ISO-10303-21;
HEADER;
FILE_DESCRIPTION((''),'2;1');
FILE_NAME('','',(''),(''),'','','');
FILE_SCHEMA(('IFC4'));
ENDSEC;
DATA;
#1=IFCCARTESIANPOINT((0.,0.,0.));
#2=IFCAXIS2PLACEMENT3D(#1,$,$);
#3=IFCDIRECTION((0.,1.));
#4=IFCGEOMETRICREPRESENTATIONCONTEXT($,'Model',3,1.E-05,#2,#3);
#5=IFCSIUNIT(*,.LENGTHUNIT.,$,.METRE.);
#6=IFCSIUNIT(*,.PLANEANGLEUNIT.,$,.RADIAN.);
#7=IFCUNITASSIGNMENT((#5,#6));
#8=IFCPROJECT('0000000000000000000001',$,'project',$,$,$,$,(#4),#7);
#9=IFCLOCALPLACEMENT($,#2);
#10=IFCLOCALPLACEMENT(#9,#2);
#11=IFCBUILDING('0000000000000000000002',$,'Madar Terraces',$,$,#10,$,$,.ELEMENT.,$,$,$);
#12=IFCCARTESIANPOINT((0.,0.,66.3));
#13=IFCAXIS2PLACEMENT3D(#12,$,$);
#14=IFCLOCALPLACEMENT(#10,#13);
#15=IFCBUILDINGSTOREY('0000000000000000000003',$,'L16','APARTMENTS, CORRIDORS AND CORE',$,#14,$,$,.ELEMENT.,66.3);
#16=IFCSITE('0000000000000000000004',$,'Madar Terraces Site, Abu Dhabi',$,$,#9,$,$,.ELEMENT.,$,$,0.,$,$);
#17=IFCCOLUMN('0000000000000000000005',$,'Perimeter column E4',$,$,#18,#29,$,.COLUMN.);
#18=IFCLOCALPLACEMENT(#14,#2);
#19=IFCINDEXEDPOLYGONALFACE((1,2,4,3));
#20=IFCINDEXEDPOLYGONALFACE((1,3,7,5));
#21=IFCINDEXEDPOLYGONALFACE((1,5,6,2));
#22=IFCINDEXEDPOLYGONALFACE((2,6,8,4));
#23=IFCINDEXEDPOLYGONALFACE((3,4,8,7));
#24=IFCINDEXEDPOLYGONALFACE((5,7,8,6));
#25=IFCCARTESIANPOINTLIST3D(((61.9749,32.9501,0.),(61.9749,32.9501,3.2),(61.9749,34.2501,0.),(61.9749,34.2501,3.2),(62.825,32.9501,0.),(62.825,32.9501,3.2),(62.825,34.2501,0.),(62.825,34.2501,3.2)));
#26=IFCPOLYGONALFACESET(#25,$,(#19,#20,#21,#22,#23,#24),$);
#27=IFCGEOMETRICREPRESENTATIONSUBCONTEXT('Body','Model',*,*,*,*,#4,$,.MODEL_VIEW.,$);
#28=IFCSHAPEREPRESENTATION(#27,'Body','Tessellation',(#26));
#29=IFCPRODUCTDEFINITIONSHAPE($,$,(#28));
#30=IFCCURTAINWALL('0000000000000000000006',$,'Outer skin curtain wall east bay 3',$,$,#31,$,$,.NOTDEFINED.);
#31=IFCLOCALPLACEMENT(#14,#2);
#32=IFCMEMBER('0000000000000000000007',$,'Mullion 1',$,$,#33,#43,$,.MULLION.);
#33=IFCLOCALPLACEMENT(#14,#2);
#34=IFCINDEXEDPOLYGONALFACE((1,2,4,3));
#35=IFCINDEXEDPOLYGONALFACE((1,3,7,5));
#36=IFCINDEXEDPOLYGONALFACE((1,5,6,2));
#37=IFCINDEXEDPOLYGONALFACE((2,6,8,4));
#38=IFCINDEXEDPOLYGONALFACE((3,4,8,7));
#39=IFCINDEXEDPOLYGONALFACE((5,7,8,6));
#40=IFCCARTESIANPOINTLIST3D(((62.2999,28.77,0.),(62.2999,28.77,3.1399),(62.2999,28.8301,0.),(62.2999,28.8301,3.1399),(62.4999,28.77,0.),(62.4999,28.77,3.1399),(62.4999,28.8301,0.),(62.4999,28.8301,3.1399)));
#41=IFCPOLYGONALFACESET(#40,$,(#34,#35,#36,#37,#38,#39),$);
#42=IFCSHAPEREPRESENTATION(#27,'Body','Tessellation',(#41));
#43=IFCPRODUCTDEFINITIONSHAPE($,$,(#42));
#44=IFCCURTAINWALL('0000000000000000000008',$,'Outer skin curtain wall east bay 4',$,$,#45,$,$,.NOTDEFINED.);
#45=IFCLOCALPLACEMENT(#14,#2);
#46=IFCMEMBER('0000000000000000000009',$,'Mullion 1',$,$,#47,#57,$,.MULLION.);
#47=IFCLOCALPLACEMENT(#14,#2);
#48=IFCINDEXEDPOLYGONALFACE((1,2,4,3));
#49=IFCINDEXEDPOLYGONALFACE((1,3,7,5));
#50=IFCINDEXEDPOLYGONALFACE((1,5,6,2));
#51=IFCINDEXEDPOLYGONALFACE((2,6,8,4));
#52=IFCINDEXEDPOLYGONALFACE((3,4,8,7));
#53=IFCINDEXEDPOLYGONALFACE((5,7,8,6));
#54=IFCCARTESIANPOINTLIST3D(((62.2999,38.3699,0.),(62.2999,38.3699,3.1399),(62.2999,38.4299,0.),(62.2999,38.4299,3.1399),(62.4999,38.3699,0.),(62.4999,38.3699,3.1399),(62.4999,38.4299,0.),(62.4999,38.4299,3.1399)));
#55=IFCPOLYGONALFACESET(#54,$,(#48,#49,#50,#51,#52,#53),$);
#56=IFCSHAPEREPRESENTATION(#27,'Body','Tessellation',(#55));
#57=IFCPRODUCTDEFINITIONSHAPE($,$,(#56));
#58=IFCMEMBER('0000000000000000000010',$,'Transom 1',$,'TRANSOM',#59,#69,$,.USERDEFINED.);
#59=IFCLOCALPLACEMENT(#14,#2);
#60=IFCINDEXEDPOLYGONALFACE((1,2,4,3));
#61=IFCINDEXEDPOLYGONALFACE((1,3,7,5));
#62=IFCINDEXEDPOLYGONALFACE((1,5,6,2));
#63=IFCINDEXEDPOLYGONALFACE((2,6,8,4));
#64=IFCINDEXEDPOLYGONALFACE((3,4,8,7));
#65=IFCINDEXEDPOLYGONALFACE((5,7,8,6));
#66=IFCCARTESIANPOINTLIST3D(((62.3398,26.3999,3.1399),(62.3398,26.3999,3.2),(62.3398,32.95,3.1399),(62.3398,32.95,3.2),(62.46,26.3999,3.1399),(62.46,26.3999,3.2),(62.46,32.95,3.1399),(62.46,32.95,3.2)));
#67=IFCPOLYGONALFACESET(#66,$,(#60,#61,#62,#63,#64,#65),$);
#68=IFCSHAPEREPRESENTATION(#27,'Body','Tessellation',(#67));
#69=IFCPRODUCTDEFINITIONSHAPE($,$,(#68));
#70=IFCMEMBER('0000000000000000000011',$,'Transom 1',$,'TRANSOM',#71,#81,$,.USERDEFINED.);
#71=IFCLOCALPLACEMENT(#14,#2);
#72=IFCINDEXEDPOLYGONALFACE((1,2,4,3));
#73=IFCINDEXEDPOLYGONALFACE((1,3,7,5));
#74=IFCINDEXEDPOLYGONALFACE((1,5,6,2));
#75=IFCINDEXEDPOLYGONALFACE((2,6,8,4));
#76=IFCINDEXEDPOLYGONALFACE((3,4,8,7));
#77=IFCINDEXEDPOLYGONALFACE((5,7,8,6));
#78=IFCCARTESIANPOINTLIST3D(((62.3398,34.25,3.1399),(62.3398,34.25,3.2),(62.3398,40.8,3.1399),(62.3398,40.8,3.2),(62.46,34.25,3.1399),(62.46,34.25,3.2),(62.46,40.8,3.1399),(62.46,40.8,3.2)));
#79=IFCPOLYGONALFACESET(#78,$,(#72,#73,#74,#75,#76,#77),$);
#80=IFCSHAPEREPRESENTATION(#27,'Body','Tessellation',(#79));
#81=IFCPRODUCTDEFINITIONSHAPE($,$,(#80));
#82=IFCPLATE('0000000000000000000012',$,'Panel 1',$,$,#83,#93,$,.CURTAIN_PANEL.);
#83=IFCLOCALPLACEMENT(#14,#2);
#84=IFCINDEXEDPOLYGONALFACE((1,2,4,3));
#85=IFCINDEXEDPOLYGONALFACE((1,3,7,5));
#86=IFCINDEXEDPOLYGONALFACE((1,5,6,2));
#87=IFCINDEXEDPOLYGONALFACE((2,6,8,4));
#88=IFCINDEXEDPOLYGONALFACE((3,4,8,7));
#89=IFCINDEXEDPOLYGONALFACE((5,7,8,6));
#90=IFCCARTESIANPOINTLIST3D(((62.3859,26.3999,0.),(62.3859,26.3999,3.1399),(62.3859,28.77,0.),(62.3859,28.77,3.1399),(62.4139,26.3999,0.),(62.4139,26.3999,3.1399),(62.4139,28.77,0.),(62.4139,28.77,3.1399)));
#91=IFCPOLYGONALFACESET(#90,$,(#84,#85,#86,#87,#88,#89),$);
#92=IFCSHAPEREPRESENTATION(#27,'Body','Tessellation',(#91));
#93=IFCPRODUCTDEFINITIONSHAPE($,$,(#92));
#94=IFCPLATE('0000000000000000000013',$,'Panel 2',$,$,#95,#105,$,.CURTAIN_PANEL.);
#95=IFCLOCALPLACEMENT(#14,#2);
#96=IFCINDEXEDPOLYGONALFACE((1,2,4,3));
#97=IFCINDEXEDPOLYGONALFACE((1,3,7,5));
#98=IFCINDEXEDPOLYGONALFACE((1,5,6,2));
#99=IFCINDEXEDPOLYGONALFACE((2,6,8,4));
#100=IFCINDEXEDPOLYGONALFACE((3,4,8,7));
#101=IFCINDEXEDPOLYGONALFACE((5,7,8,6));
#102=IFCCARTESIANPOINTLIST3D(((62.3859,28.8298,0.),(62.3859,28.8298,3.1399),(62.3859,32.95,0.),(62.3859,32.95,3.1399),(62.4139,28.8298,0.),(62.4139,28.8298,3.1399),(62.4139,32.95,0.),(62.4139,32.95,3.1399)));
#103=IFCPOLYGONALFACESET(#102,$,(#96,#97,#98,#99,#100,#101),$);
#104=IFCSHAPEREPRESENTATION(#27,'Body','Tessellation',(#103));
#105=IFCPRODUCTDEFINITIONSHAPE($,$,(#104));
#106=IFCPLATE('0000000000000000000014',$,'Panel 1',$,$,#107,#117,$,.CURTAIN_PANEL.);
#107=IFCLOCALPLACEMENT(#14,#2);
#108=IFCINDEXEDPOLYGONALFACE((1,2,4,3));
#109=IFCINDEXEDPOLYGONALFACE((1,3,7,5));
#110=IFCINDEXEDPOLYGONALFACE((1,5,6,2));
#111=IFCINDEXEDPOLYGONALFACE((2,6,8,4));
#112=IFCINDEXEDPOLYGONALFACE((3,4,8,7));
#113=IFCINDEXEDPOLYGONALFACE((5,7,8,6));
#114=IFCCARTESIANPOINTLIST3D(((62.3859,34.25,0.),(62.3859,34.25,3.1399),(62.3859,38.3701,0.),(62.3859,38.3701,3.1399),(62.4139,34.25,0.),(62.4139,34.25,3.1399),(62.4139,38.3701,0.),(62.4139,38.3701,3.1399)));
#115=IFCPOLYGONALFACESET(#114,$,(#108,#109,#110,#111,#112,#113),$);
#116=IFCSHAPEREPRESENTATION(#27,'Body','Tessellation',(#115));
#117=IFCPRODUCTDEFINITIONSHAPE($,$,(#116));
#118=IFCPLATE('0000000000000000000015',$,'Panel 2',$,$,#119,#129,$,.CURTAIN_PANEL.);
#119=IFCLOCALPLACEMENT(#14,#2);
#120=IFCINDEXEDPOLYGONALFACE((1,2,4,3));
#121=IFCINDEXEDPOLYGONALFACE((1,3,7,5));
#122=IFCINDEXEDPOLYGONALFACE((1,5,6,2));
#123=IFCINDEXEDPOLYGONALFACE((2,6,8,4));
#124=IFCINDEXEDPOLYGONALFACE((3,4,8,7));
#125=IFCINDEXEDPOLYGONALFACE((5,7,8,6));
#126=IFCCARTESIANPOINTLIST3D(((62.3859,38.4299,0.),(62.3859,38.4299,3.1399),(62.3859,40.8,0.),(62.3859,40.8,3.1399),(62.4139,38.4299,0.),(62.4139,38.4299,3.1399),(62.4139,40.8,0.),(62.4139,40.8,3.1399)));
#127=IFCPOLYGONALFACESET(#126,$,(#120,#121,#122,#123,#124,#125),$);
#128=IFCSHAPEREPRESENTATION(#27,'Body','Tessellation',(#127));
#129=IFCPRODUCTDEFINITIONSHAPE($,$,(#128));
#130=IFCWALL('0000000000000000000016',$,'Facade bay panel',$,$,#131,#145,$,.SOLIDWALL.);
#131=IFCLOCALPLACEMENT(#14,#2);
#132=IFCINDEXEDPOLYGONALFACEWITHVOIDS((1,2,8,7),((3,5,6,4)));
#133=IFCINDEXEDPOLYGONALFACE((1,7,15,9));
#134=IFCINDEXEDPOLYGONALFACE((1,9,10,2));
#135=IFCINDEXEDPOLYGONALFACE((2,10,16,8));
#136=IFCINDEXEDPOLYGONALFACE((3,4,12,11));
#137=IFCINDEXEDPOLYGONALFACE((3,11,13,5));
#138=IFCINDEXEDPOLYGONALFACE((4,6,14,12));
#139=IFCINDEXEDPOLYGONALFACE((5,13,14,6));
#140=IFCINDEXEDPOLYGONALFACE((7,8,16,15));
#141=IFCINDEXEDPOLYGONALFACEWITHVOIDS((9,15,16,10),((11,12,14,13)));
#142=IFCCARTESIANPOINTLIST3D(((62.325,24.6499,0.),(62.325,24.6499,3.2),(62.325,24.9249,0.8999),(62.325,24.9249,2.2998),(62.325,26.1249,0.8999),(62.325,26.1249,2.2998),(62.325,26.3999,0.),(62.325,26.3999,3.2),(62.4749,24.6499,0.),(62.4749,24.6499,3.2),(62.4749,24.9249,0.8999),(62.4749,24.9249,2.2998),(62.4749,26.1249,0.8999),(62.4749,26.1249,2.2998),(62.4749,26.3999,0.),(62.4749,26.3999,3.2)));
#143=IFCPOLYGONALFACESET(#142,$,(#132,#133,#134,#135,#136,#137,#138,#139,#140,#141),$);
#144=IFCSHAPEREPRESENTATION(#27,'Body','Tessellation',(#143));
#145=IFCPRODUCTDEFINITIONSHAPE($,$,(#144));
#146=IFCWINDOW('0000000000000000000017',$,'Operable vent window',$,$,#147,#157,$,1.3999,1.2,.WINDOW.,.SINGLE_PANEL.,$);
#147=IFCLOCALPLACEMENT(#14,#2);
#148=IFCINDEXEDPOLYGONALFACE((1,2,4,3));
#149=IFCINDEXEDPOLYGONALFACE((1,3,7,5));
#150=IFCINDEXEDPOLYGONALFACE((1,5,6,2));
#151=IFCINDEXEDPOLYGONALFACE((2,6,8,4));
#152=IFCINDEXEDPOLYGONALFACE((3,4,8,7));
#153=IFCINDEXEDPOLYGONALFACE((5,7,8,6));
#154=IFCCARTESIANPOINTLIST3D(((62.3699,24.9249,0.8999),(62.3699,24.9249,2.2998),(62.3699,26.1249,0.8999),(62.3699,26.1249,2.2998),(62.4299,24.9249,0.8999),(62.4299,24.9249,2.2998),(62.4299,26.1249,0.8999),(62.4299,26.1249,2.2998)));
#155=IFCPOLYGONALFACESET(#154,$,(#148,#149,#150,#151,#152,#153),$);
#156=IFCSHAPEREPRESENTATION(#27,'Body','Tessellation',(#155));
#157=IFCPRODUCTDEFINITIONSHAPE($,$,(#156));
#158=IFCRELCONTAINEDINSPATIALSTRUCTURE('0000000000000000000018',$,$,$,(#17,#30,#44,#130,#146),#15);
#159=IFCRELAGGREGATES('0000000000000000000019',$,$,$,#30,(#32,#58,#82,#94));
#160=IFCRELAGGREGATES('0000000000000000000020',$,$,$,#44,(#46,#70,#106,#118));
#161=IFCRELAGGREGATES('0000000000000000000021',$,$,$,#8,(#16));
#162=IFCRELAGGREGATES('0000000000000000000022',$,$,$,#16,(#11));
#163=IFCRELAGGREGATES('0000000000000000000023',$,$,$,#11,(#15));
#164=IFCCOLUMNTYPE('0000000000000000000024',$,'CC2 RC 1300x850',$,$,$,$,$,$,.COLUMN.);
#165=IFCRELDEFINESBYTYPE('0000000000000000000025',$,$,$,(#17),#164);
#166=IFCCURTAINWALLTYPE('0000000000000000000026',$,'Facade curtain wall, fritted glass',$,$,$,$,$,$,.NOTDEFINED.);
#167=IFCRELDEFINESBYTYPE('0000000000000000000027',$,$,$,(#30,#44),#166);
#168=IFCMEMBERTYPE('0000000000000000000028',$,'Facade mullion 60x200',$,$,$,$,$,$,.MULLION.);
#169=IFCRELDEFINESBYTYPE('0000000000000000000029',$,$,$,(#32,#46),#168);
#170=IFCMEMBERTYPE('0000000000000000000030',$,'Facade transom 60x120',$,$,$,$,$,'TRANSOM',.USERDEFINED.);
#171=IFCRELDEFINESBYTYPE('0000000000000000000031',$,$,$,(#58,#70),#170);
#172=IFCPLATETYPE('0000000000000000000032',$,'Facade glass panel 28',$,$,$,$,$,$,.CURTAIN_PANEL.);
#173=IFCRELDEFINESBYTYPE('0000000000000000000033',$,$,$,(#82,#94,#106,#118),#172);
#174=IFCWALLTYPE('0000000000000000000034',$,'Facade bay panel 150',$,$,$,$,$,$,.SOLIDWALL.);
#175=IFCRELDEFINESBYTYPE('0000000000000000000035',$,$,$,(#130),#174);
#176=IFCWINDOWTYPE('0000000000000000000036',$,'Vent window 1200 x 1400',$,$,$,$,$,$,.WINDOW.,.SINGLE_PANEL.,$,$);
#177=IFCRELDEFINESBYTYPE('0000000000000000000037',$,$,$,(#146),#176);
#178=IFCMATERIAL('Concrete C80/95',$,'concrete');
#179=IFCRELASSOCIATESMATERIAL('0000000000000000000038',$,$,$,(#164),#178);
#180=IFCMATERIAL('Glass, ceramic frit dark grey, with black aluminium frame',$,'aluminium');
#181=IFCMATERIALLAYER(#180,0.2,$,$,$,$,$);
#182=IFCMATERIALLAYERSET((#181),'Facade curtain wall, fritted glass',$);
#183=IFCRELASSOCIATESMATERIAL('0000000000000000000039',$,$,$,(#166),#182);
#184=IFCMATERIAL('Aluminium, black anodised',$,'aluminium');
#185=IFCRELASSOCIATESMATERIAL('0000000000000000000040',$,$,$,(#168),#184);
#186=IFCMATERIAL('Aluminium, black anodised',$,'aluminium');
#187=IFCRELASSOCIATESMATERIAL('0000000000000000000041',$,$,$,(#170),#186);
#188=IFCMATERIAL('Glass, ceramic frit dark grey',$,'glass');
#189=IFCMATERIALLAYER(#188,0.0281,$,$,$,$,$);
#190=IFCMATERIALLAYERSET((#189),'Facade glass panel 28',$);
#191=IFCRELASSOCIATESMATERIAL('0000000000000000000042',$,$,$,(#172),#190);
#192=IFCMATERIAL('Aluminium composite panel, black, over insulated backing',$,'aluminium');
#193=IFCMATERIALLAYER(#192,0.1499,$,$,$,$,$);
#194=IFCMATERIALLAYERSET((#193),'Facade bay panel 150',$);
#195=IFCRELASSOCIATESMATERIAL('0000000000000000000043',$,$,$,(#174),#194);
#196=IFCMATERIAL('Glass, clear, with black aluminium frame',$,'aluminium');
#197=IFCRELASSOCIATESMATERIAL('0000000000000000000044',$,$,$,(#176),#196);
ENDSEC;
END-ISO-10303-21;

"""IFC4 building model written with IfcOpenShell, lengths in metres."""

from ifc_helpers import new_model, si_unit, direction, frame, frame_2d, origin, origin_2d, place, context, subcontext, project, spatial, rectangle, extrude, material, layer, layer_set, material_profile, profile_set, type_object, element, fill, aggregate, save


model = new_model("IFC4")

# Units and contexts
model_context = context("Model", 3, precision=1e-05, world=origin(), true_north=direction((0.0, 1.0)))
body_context = subcontext(model_context, "Body", "Model", "MODEL_VIEW")
ifc_project = project(units=[si_unit("LENGTHUNIT", "METRE"), si_unit("PLANEANGLEUNIT", "RADIAN")], contexts=[model_context])

# Site, building, storey
site_placement = place(None, origin())
site = spatial("IfcSite", under=ifc_project, at=site_placement, Name="Madar Terraces Site, Abu Dhabi", CompositionType="ELEMENT", RefElevation=0.0)
building_placement = place(site_placement, origin())
building = spatial("IfcBuilding", under=site, at=building_placement, Name="Madar Terraces", CompositionType="ELEMENT")
storey_placement = place(building_placement, frame((0.0, 0.0, 66.3)))
storey = spatial("IfcBuildingStorey", under=building, at=storey_placement, Name="L16", Description="APARTMENTS, CORRIDORS AND CORE", CompositionType="ELEMENT", Elevation=66.3)

# Column
ifc_material_1 = material(Name="Concrete C80/95", Category="concrete")
ifc_material_profile_1 = material_profile(ifc_material_1, rectangle(XDim=1.3, YDim=0.8501, at=origin_2d()), Name="CC2 RC 1300x850")
ifc_profile_set_1 = profile_set([ifc_material_profile_1], Name="Concrete C80/95")
column_type = type_object("IfcColumnType", Name="CC2 RC 1300x850", PredefinedType="COLUMN", material=ifc_profile_set_1)
column_placement = place(storey_placement, frame((62.3999, 33.6001, 0.0), z_axis=(0.0, 0.0, 1.0), x_axis=(0.0, 1.0, 0.0)))
element("IfcColumn", 1, at=column_placement, inside=storey, type_object=column_type, Name="Perimeter column E4", PredefinedType="COLUMN", context=body_context, shape_type="SweptSolid", body=[
    extrude(rectangle(XDim=1.3, YDim=0.8501, at=origin_2d()), origin(), (0.0, 0.0, 1.0), 3.2),
])

# Curtain walls, members
ifc_material_2 = material(Name="Glass, ceramic frit dark grey, with black aluminium frame", Category="aluminium")
ifc_layer_1 = layer(ifc_material_2, 0.2)
ifc_layer_set_1 = layer_set([ifc_layer_1], Name="Facade curtain wall, fritted glass")
curtain_wall_type = type_object("IfcCurtainWallType", Name="Facade curtain wall, fritted glass", PredefinedType="NOTDEFINED", material=ifc_layer_set_1)
curtain_wall_1_placement = place(storey_placement, origin())
curtain_wall_1 = element("IfcCurtainWall", 2, at=curtain_wall_1_placement, inside=storey, type_object=curtain_wall_type, Name="Outer skin curtain wall east bay 3", PredefinedType="NOTDEFINED")
ifc_material_3 = material(Name="Aluminium, black anodised", Category="aluminium")
ifc_material_profile_2 = material_profile(ifc_material_3, rectangle(XDim=0.2, YDim=0.0601, at=origin_2d()), Name="Facade mullion 60x200")
ifc_profile_set_2 = profile_set([ifc_material_profile_2], Name="Aluminium, black anodised")
member_type_1 = type_object("IfcMemberType", Name="Facade mullion 60x200", PredefinedType="MULLION", material=ifc_profile_set_2)
member_1_placement = place(storey_placement, frame((62.3999, 28.8, 0.0), z_axis=(0.0, 0.0, 1.0), x_axis=(-1.0, 0.0, 0.0)))
member_1 = element("IfcMember", 3, at=member_1_placement, type_object=member_type_1, Name="Mullion 1", PredefinedType="MULLION", context=body_context, shape_type="SweptSolid", body=[
    extrude(rectangle(XDim=0.2, YDim=0.0601, at=origin_2d()), origin(), (0.0, 0.0, 1.0), 3.1399),
])
curtain_wall_2_placement = place(storey_placement, origin())
curtain_wall_2 = element("IfcCurtainWall", 4, at=curtain_wall_2_placement, inside=storey, type_object=curtain_wall_type, Name="Outer skin curtain wall east bay 4", PredefinedType="NOTDEFINED")
member_2_placement = place(storey_placement, frame((62.3999, 38.3999, 0.0), z_axis=(0.0, 0.0, 1.0), x_axis=(-1.0, 0.0, 0.0)))
member_2 = element("IfcMember", 5, at=member_2_placement, type_object=member_type_1, Name="Mullion 1", PredefinedType="MULLION", context=body_context, shape_type="SweptSolid", body=[
    extrude(rectangle(XDim=0.2, YDim=0.0601, at=origin_2d()), origin(), (0.0, 0.0, 1.0), 3.1399),
])

# Members
ifc_material_4 = material(Name="Aluminium, black anodised", Category="aluminium")
ifc_material_profile_3 = material_profile(ifc_material_4, rectangle(XDim=0.1201, YDim=0.0601, at=origin_2d()), Name="Facade transom 60x120")
ifc_profile_set_3 = profile_set([ifc_material_profile_3], Name="Aluminium, black anodised")
member_type_2 = type_object("IfcMemberType", Name="Facade transom 60x120", ElementType="TRANSOM", PredefinedType="USERDEFINED", material=ifc_profile_set_3)
member_3_placement = place(storey_placement, frame((62.3999, 26.3999, 3.1699), z_axis=(0.0, 1.0, 0.0), x_axis=(-1.0, 0.0, 0.0)))
member_3 = element("IfcMember", 6, at=member_3_placement, type_object=member_type_2, Name="Transom 1", ObjectType="TRANSOM", PredefinedType="USERDEFINED", context=body_context, shape_type="SweptSolid", body=[
    extrude(rectangle(XDim=0.1201, YDim=0.0601, at=origin_2d()), origin(), (0.0, 0.0, 1.0), 6.55),
])
member_4_placement = place(storey_placement, frame((62.3999, 34.25, 3.1699), z_axis=(0.0, 1.0, 0.0), x_axis=(-1.0, 0.0, 0.0)))
member_4 = element("IfcMember", 7, at=member_4_placement, type_object=member_type_2, Name="Transom 1", ObjectType="TRANSOM", PredefinedType="USERDEFINED", context=body_context, shape_type="SweptSolid", body=[
    extrude(rectangle(XDim=0.1201, YDim=0.0601, at=origin_2d()), origin(), (0.0, 0.0, 1.0), 6.55),
])

# Plates
ifc_material_5 = material(Name="Glass, ceramic frit dark grey", Category="glass")
ifc_layer_2 = layer(ifc_material_5, 0.0281)
ifc_layer_set_2 = layer_set([ifc_layer_2], Name="Facade glass panel 28")
plate_type = type_object("IfcPlateType", Name="Facade glass panel 28", PredefinedType="CURTAIN_PANEL", material=ifc_layer_set_2)
plate_1_placement = place(storey_placement, frame((62.3999, 27.585, 0.0), z_axis=(0.0, 0.0, 1.0), x_axis=(0.0, 1.0, 0.0)))
plate_1 = element("IfcPlate", 8, at=plate_1_placement, type_object=plate_type, Name="Panel 1", PredefinedType="CURTAIN_PANEL", context=body_context, shape_type="SweptSolid", body=[
    extrude(rectangle(XDim=2.3701, YDim=0.0281, at=origin_2d()), origin(), (0.0, 0.0, 1.0), 3.1399),
])
plate_2_placement = place(storey_placement, frame((62.3999, 30.8899, 0.0), z_axis=(0.0, 0.0, 1.0), x_axis=(0.0, 1.0, 0.0)))
plate_2 = element("IfcPlate", 9, at=plate_2_placement, type_object=plate_type, Name="Panel 2", PredefinedType="CURTAIN_PANEL", context=body_context, shape_type="SweptSolid", body=[
    extrude(rectangle(XDim=4.1201, YDim=0.0281, at=origin_2d()), origin(), (0.0, 0.0, 1.0), 3.1399),
])
aggregate(curtain_wall_1, [member_1, member_3, plate_1, plate_2])
plate_3_placement = place(storey_placement, frame((62.3999, 36.3101, 0.0), z_axis=(0.0, 0.0, 1.0), x_axis=(0.0, 1.0, 0.0)))
plate_3 = element("IfcPlate", 10, at=plate_3_placement, type_object=plate_type, Name="Panel 1", PredefinedType="CURTAIN_PANEL", context=body_context, shape_type="SweptSolid", body=[
    extrude(rectangle(XDim=4.1201, YDim=0.0281, at=origin_2d()), origin(), (0.0, 0.0, 1.0), 3.1399),
])
plate_4_placement = place(storey_placement, frame((62.3999, 39.615, 0.0), z_axis=(0.0, 0.0, 1.0), x_axis=(0.0, 1.0, 0.0)))
plate_4 = element("IfcPlate", 11, at=plate_4_placement, type_object=plate_type, Name="Panel 2", PredefinedType="CURTAIN_PANEL", context=body_context, shape_type="SweptSolid", body=[
    extrude(rectangle(XDim=2.3701, YDim=0.0281, at=origin_2d()), origin(), (0.0, 0.0, 1.0), 3.1399),
])
aggregate(curtain_wall_2, [member_2, member_4, plate_3, plate_4])

# Wall, opening, window
ifc_material_6 = material(Name="Aluminium composite panel, black, over insulated backing", Category="aluminium")
ifc_layer_3 = layer(ifc_material_6, 0.1499)
ifc_layer_set_3 = layer_set([ifc_layer_3], Name="Facade bay panel 150")
wall_type_1 = type_object("IfcWallType", Name="Facade bay panel 150", PredefinedType="SOLIDWALL", material=ifc_layer_set_3)
wall_1_placement = place(storey_placement, frame((62.3999, 24.6499, 0.0), z_axis=(0.0, 0.0, 1.0), x_axis=(0.0, 1.0, 0.0)))
wall_1 = element("IfcWall", 12, at=wall_1_placement, inside=storey, type_object=wall_type_1, Name="Facade bay panel", PredefinedType="SOLIDWALL", context=body_context, shape_type="SweptSolid", body=[
    extrude(rectangle(XDim=1.75, YDim=0.1499, at=frame_2d((0.875, 0.0))), origin(), (0.0, 0.0, 1.0), 3.2),
])
opening_1_placement = place(wall_1_placement, frame((0.2749, 0.0, 0.8999)))
opening_1 = element("IfcOpeningElement", 13, at=opening_1_placement, cuts=wall_1, PredefinedType="OPENING", context=body_context, shape_type="SweptSolid", body=[
    extrude(rectangle(XDim=1.2, YDim=1.3999, at=frame_2d((0.6001, 0.7))), frame((0.0, 0.085, 0.0), z_axis=(0.0, -1.0, 0.0), x_axis=(1.0, 0.0, 0.0)), (0.0, 0.0, 1.0), 0.1699),
])
ifc_material_7 = material(Name="Glass, clear, with black aluminium frame", Category="aluminium")
window_type = type_object("IfcWindowType", Name="Vent window 1200 x 1400", PartitioningType="SINGLE_PANEL", PredefinedType="WINDOW", material=ifc_material_7)
window_placement = place(opening_1_placement, origin())
window = element("IfcWindow", 14, at=window_placement, inside=storey, type_object=window_type, Name="Operable vent window", OverallHeight=1.3999, OverallWidth=1.2, PartitioningType="SINGLE_PANEL", PredefinedType="WINDOW", context=body_context, shape_type="SweptSolid", body=[
    extrude(rectangle(XDim=1.2, YDim=1.3999, at=frame_2d((0.6001, 0.7))), frame((0.0, 0.03, 0.0), z_axis=(0.0, -1.0, 0.0), x_axis=(1.0, 0.0, 0.0)), (0.0, 0.0, 1.0), 0.0601),
])
fill(opening_1, window)

save(model, "model.ifc")
